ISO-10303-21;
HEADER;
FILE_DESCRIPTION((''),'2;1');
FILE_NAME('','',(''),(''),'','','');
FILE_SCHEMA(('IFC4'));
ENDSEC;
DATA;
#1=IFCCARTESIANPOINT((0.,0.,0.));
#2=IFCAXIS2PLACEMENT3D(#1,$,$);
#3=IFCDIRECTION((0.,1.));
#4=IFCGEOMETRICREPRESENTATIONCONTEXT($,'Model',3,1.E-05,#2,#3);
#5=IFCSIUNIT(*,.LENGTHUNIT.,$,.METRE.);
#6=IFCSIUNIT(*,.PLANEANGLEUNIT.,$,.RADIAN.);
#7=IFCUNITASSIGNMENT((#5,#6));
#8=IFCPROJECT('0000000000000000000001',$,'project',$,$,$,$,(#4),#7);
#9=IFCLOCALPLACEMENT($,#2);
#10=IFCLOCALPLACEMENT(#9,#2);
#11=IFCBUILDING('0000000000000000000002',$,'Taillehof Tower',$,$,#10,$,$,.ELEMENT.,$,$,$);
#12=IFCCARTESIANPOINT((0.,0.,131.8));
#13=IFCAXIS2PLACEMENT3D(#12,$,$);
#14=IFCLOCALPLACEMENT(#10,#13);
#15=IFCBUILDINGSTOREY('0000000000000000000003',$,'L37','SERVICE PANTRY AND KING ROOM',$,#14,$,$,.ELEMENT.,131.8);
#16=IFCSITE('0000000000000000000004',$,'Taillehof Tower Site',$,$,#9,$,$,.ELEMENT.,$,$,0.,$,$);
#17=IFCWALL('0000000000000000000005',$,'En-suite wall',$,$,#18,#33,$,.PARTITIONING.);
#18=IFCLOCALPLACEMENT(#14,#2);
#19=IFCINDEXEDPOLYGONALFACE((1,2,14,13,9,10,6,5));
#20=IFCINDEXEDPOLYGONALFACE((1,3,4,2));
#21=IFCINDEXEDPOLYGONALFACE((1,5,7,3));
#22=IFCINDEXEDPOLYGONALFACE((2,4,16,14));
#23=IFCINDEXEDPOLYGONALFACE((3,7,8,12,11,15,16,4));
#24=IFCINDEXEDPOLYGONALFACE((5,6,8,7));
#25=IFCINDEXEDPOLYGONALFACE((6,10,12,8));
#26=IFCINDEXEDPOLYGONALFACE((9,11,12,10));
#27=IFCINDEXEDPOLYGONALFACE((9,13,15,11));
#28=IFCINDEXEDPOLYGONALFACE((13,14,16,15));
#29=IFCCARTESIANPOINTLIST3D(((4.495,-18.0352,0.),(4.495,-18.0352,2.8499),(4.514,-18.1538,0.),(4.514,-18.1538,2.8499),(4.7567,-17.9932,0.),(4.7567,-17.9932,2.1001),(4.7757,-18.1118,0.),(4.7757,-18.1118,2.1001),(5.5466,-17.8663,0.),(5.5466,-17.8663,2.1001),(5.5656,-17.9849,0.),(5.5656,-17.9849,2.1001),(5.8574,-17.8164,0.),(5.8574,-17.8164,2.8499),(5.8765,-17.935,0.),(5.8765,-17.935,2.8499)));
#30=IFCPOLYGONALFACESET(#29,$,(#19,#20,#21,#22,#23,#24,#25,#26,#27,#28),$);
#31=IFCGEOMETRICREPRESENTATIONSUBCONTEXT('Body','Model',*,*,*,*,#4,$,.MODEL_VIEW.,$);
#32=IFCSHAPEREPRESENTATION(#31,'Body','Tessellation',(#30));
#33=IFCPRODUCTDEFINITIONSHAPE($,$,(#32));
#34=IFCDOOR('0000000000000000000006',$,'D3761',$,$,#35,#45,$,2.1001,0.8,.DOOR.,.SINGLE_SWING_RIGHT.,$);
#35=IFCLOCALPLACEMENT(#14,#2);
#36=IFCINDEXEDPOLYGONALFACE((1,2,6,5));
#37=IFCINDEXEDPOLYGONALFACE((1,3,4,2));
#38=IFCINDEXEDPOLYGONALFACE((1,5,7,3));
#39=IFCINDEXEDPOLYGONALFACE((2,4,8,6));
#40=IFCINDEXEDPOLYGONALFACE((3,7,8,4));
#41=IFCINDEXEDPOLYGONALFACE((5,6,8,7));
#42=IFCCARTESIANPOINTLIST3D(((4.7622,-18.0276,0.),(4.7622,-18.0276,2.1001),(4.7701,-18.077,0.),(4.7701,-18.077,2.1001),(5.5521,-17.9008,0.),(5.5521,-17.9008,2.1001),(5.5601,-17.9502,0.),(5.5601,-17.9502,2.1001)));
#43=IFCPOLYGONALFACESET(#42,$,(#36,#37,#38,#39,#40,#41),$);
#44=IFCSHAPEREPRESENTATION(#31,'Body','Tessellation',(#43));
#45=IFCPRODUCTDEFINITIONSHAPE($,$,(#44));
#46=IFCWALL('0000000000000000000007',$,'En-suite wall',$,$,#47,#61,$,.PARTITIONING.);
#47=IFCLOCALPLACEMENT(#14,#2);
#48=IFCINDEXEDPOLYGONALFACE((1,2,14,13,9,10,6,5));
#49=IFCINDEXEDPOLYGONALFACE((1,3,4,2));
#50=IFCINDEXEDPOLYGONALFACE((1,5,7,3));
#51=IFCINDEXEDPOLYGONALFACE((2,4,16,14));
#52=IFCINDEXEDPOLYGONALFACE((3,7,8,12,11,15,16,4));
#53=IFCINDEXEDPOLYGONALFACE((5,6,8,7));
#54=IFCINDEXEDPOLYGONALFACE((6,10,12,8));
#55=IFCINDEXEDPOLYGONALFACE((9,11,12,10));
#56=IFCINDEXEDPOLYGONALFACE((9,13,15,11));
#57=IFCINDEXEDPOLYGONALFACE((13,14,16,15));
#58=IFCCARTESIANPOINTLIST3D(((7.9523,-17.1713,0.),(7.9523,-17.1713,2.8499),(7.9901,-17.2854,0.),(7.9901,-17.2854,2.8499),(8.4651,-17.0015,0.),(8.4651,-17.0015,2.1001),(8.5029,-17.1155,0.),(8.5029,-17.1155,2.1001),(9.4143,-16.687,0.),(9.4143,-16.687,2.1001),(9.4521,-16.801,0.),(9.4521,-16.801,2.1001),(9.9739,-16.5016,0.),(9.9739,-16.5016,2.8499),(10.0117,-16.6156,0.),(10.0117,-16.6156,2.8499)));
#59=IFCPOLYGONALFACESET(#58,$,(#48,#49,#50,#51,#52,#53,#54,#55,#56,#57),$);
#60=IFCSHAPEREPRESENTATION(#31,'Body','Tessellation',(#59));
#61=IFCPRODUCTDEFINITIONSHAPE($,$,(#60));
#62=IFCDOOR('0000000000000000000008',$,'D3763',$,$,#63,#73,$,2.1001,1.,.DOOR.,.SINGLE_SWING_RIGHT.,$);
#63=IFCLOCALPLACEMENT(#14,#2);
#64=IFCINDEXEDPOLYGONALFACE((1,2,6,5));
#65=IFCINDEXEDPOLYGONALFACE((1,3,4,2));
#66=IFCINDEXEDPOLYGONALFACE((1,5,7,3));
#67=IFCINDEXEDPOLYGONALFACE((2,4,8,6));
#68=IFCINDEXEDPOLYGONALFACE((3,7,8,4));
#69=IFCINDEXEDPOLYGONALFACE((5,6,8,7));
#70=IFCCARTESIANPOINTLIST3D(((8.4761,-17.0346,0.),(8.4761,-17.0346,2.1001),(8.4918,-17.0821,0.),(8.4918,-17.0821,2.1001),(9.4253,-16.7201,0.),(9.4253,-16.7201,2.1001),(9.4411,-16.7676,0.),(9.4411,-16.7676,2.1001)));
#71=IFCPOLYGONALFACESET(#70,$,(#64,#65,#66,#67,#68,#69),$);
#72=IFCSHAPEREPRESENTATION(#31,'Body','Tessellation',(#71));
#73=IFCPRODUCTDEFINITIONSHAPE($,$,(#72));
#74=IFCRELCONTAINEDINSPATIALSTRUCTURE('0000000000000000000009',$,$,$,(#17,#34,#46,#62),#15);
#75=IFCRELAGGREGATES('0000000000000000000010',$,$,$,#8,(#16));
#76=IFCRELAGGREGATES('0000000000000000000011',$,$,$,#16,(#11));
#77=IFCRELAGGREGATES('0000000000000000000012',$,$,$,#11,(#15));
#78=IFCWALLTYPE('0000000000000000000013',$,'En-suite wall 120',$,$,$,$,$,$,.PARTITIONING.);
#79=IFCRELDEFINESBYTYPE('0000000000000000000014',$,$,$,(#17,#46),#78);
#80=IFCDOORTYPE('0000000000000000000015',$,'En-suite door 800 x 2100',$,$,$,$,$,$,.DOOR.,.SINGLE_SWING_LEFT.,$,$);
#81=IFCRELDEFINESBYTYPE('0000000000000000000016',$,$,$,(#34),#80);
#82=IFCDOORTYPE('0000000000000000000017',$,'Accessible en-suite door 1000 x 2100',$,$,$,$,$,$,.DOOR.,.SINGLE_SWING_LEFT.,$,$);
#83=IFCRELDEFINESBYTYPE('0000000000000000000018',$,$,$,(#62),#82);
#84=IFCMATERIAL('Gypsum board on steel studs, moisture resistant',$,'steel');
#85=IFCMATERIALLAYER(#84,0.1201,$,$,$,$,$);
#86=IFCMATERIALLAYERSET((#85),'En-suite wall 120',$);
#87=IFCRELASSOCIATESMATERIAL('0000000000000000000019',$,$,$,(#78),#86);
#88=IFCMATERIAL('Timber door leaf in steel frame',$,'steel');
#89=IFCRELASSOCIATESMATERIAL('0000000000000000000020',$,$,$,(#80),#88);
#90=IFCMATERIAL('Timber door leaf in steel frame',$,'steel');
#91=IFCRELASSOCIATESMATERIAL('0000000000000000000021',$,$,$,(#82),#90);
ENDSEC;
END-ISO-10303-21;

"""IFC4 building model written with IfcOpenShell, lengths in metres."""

from ifc_helpers import new_model, si_unit, direction, frame, frame_2d, origin, place, context, subcontext, project, spatial, rectangle, extrude, material, layer, layer_set, type_object, element, fill, save


model = new_model("IFC4")

# Units and contexts
model_context = context("Model", 3, precision=1e-05, world=origin(), true_north=direction((0.0, 1.0)))
body_context = subcontext(model_context, "Body", "Model", "MODEL_VIEW")
ifc_project = project(units=[si_unit("LENGTHUNIT", "METRE"), si_unit("PLANEANGLEUNIT", "RADIAN")], contexts=[model_context])

# Site, building, storey
site_placement = place(None, origin())
site = spatial("IfcSite", under=ifc_project, at=site_placement, Name="Taillehof Tower Site", CompositionType="ELEMENT", RefElevation=0.0)
building_placement = place(site_placement, origin())
building = spatial("IfcBuilding", under=site, at=building_placement, Name="Taillehof Tower", CompositionType="ELEMENT")
storey_placement = place(building_placement, frame((0.0, 0.0, 131.8)))
storey = spatial("IfcBuildingStorey", under=building, at=storey_placement, Name="L37", Description="SERVICE PANTRY AND KING ROOM", CompositionType="ELEMENT", Elevation=131.8)

# Shared definitions
ifc_material_1 = material(Name="Gypsum board on steel studs, moisture resistant", Category="steel")
ifc_layer_1 = layer(ifc_material_1, 0.1201)
ifc_layer_set_1 = layer_set([ifc_layer_1], Name="En-suite wall 120")
wall_type_1 = type_object("IfcWallType", Name="En-suite wall 120", PredefinedType="PARTITIONING", material=ifc_layer_set_1)

# Walls, openings, doors
wall_1_placement = place(storey_placement, frame((5.8669, -17.8757, 0.0), z_axis=(0.0, 0.0, 1.0), x_axis=(-0.987357, -0.158515, 0.0)))
wall_1 = element("IfcWall", 1, at=wall_1_placement, inside=storey, type_object=wall_type_1, Name="En-suite wall", PredefinedType="PARTITIONING", context=body_context, shape_type="SweptSolid", body=[
    extrude(rectangle(XDim=1.3799, YDim=0.1201, at=frame_2d((0.6899, 0.0))), origin(), (0.0, 0.0, 1.0), 2.8499),
])
opening_1_placement = place(wall_1_placement, frame((0.3149, 0.0, 0.0)))
opening_1 = element("IfcOpeningElement", 2, at=opening_1_placement, cuts=wall_1, PredefinedType="OPENING", context=body_context, shape_type="SweptSolid", body=[
    extrude(rectangle(XDim=0.8, YDim=2.1001, at=frame_2d((0.3999, 1.05))), frame((0.0, 0.0701, 0.0), z_axis=(0.0, -1.0, 0.0), x_axis=(1.0, 0.0, 0.0)), (0.0, 0.0, 1.0), 0.1401),
])
ifc_material_2 = material(Name="Timber door leaf in steel frame", Category="steel")
door_type_1 = type_object("IfcDoorType", Name="En-suite door 800 x 2100", OperationType="SINGLE_SWING_LEFT", PredefinedType="DOOR", material=ifc_material_2)
door_1_placement = place(opening_1_placement, origin())
door_1 = element("IfcDoor", 3, at=door_1_placement, inside=storey, type_object=door_type_1, Name="D3761", OperationType="SINGLE_SWING_RIGHT", OverallHeight=2.1001, OverallWidth=0.8, PredefinedType="DOOR", context=body_context, shape_type="SweptSolid", body=[
    extrude(rectangle(XDim=0.8, YDim=2.1001, at=frame_2d((0.3999, 1.05))), frame((0.0, 0.0249, 0.0), z_axis=(0.0, -1.0, 0.0), x_axis=(1.0, 0.0, 0.0)), (0.0, 0.0, 1.0), 0.05),
])
fill(opening_1, door_1)
wall_2_placement = place(storey_placement, frame((9.9929, -16.5586, 0.0), z_axis=(0.0, 0.0, 1.0), x_axis=(-0.949266, -0.314473, 0.0)))
wall_2 = element("IfcWall", 4, at=wall_2_placement, inside=storey, type_object=wall_type_1, Name="En-suite wall", PredefinedType="PARTITIONING", context=body_context, shape_type="SweptSolid", body=[
    extrude(rectangle(XDim=2.1296, YDim=0.1201, at=frame_2d((1.0649, 0.0))), origin(), (0.0, 0.0, 1.0), 2.8499),
])
opening_2_placement = place(wall_2_placement, frame((0.5896, 0.0, 0.0)))
opening_2 = element("IfcOpeningElement", 5, at=opening_2_placement, cuts=wall_2, PredefinedType="OPENING", context=body_context, shape_type="SweptSolid", body=[
    extrude(rectangle(XDim=1.0, YDim=2.1001, at=frame_2d((0.5, 1.05))), frame((0.0, 0.0701, 0.0), z_axis=(0.0, -1.0, 0.0), x_axis=(1.0, 0.0, 0.0)), (0.0, 0.0, 1.0), 0.1401),
])
ifc_material_3 = material(Name="Timber door leaf in steel frame", Category="steel")
door_type_2 = type_object("IfcDoorType", Name="Accessible en-suite door 1000 x 2100", OperationType="SINGLE_SWING_LEFT", PredefinedType="DOOR", material=ifc_material_3)
door_2_placement = place(opening_2_placement, origin())
door_2 = element("IfcDoor", 6, at=door_2_placement, inside=storey, type_object=door_type_2, Name="D3763", OperationType="SINGLE_SWING_RIGHT", OverallHeight=2.1001, OverallWidth=1.0, PredefinedType="DOOR", context=body_context, shape_type="SweptSolid", body=[
    extrude(rectangle(XDim=1.0, YDim=2.1001, at=frame_2d((0.5, 1.05))), frame((0.0, 0.0249, 0.0), z_axis=(0.0, -1.0, 0.0), x_axis=(1.0, 0.0, 0.0)), (0.0, 0.0, 1.0), 0.05),
])
fill(opening_2, door_2)

save(model, "model.ifc")
